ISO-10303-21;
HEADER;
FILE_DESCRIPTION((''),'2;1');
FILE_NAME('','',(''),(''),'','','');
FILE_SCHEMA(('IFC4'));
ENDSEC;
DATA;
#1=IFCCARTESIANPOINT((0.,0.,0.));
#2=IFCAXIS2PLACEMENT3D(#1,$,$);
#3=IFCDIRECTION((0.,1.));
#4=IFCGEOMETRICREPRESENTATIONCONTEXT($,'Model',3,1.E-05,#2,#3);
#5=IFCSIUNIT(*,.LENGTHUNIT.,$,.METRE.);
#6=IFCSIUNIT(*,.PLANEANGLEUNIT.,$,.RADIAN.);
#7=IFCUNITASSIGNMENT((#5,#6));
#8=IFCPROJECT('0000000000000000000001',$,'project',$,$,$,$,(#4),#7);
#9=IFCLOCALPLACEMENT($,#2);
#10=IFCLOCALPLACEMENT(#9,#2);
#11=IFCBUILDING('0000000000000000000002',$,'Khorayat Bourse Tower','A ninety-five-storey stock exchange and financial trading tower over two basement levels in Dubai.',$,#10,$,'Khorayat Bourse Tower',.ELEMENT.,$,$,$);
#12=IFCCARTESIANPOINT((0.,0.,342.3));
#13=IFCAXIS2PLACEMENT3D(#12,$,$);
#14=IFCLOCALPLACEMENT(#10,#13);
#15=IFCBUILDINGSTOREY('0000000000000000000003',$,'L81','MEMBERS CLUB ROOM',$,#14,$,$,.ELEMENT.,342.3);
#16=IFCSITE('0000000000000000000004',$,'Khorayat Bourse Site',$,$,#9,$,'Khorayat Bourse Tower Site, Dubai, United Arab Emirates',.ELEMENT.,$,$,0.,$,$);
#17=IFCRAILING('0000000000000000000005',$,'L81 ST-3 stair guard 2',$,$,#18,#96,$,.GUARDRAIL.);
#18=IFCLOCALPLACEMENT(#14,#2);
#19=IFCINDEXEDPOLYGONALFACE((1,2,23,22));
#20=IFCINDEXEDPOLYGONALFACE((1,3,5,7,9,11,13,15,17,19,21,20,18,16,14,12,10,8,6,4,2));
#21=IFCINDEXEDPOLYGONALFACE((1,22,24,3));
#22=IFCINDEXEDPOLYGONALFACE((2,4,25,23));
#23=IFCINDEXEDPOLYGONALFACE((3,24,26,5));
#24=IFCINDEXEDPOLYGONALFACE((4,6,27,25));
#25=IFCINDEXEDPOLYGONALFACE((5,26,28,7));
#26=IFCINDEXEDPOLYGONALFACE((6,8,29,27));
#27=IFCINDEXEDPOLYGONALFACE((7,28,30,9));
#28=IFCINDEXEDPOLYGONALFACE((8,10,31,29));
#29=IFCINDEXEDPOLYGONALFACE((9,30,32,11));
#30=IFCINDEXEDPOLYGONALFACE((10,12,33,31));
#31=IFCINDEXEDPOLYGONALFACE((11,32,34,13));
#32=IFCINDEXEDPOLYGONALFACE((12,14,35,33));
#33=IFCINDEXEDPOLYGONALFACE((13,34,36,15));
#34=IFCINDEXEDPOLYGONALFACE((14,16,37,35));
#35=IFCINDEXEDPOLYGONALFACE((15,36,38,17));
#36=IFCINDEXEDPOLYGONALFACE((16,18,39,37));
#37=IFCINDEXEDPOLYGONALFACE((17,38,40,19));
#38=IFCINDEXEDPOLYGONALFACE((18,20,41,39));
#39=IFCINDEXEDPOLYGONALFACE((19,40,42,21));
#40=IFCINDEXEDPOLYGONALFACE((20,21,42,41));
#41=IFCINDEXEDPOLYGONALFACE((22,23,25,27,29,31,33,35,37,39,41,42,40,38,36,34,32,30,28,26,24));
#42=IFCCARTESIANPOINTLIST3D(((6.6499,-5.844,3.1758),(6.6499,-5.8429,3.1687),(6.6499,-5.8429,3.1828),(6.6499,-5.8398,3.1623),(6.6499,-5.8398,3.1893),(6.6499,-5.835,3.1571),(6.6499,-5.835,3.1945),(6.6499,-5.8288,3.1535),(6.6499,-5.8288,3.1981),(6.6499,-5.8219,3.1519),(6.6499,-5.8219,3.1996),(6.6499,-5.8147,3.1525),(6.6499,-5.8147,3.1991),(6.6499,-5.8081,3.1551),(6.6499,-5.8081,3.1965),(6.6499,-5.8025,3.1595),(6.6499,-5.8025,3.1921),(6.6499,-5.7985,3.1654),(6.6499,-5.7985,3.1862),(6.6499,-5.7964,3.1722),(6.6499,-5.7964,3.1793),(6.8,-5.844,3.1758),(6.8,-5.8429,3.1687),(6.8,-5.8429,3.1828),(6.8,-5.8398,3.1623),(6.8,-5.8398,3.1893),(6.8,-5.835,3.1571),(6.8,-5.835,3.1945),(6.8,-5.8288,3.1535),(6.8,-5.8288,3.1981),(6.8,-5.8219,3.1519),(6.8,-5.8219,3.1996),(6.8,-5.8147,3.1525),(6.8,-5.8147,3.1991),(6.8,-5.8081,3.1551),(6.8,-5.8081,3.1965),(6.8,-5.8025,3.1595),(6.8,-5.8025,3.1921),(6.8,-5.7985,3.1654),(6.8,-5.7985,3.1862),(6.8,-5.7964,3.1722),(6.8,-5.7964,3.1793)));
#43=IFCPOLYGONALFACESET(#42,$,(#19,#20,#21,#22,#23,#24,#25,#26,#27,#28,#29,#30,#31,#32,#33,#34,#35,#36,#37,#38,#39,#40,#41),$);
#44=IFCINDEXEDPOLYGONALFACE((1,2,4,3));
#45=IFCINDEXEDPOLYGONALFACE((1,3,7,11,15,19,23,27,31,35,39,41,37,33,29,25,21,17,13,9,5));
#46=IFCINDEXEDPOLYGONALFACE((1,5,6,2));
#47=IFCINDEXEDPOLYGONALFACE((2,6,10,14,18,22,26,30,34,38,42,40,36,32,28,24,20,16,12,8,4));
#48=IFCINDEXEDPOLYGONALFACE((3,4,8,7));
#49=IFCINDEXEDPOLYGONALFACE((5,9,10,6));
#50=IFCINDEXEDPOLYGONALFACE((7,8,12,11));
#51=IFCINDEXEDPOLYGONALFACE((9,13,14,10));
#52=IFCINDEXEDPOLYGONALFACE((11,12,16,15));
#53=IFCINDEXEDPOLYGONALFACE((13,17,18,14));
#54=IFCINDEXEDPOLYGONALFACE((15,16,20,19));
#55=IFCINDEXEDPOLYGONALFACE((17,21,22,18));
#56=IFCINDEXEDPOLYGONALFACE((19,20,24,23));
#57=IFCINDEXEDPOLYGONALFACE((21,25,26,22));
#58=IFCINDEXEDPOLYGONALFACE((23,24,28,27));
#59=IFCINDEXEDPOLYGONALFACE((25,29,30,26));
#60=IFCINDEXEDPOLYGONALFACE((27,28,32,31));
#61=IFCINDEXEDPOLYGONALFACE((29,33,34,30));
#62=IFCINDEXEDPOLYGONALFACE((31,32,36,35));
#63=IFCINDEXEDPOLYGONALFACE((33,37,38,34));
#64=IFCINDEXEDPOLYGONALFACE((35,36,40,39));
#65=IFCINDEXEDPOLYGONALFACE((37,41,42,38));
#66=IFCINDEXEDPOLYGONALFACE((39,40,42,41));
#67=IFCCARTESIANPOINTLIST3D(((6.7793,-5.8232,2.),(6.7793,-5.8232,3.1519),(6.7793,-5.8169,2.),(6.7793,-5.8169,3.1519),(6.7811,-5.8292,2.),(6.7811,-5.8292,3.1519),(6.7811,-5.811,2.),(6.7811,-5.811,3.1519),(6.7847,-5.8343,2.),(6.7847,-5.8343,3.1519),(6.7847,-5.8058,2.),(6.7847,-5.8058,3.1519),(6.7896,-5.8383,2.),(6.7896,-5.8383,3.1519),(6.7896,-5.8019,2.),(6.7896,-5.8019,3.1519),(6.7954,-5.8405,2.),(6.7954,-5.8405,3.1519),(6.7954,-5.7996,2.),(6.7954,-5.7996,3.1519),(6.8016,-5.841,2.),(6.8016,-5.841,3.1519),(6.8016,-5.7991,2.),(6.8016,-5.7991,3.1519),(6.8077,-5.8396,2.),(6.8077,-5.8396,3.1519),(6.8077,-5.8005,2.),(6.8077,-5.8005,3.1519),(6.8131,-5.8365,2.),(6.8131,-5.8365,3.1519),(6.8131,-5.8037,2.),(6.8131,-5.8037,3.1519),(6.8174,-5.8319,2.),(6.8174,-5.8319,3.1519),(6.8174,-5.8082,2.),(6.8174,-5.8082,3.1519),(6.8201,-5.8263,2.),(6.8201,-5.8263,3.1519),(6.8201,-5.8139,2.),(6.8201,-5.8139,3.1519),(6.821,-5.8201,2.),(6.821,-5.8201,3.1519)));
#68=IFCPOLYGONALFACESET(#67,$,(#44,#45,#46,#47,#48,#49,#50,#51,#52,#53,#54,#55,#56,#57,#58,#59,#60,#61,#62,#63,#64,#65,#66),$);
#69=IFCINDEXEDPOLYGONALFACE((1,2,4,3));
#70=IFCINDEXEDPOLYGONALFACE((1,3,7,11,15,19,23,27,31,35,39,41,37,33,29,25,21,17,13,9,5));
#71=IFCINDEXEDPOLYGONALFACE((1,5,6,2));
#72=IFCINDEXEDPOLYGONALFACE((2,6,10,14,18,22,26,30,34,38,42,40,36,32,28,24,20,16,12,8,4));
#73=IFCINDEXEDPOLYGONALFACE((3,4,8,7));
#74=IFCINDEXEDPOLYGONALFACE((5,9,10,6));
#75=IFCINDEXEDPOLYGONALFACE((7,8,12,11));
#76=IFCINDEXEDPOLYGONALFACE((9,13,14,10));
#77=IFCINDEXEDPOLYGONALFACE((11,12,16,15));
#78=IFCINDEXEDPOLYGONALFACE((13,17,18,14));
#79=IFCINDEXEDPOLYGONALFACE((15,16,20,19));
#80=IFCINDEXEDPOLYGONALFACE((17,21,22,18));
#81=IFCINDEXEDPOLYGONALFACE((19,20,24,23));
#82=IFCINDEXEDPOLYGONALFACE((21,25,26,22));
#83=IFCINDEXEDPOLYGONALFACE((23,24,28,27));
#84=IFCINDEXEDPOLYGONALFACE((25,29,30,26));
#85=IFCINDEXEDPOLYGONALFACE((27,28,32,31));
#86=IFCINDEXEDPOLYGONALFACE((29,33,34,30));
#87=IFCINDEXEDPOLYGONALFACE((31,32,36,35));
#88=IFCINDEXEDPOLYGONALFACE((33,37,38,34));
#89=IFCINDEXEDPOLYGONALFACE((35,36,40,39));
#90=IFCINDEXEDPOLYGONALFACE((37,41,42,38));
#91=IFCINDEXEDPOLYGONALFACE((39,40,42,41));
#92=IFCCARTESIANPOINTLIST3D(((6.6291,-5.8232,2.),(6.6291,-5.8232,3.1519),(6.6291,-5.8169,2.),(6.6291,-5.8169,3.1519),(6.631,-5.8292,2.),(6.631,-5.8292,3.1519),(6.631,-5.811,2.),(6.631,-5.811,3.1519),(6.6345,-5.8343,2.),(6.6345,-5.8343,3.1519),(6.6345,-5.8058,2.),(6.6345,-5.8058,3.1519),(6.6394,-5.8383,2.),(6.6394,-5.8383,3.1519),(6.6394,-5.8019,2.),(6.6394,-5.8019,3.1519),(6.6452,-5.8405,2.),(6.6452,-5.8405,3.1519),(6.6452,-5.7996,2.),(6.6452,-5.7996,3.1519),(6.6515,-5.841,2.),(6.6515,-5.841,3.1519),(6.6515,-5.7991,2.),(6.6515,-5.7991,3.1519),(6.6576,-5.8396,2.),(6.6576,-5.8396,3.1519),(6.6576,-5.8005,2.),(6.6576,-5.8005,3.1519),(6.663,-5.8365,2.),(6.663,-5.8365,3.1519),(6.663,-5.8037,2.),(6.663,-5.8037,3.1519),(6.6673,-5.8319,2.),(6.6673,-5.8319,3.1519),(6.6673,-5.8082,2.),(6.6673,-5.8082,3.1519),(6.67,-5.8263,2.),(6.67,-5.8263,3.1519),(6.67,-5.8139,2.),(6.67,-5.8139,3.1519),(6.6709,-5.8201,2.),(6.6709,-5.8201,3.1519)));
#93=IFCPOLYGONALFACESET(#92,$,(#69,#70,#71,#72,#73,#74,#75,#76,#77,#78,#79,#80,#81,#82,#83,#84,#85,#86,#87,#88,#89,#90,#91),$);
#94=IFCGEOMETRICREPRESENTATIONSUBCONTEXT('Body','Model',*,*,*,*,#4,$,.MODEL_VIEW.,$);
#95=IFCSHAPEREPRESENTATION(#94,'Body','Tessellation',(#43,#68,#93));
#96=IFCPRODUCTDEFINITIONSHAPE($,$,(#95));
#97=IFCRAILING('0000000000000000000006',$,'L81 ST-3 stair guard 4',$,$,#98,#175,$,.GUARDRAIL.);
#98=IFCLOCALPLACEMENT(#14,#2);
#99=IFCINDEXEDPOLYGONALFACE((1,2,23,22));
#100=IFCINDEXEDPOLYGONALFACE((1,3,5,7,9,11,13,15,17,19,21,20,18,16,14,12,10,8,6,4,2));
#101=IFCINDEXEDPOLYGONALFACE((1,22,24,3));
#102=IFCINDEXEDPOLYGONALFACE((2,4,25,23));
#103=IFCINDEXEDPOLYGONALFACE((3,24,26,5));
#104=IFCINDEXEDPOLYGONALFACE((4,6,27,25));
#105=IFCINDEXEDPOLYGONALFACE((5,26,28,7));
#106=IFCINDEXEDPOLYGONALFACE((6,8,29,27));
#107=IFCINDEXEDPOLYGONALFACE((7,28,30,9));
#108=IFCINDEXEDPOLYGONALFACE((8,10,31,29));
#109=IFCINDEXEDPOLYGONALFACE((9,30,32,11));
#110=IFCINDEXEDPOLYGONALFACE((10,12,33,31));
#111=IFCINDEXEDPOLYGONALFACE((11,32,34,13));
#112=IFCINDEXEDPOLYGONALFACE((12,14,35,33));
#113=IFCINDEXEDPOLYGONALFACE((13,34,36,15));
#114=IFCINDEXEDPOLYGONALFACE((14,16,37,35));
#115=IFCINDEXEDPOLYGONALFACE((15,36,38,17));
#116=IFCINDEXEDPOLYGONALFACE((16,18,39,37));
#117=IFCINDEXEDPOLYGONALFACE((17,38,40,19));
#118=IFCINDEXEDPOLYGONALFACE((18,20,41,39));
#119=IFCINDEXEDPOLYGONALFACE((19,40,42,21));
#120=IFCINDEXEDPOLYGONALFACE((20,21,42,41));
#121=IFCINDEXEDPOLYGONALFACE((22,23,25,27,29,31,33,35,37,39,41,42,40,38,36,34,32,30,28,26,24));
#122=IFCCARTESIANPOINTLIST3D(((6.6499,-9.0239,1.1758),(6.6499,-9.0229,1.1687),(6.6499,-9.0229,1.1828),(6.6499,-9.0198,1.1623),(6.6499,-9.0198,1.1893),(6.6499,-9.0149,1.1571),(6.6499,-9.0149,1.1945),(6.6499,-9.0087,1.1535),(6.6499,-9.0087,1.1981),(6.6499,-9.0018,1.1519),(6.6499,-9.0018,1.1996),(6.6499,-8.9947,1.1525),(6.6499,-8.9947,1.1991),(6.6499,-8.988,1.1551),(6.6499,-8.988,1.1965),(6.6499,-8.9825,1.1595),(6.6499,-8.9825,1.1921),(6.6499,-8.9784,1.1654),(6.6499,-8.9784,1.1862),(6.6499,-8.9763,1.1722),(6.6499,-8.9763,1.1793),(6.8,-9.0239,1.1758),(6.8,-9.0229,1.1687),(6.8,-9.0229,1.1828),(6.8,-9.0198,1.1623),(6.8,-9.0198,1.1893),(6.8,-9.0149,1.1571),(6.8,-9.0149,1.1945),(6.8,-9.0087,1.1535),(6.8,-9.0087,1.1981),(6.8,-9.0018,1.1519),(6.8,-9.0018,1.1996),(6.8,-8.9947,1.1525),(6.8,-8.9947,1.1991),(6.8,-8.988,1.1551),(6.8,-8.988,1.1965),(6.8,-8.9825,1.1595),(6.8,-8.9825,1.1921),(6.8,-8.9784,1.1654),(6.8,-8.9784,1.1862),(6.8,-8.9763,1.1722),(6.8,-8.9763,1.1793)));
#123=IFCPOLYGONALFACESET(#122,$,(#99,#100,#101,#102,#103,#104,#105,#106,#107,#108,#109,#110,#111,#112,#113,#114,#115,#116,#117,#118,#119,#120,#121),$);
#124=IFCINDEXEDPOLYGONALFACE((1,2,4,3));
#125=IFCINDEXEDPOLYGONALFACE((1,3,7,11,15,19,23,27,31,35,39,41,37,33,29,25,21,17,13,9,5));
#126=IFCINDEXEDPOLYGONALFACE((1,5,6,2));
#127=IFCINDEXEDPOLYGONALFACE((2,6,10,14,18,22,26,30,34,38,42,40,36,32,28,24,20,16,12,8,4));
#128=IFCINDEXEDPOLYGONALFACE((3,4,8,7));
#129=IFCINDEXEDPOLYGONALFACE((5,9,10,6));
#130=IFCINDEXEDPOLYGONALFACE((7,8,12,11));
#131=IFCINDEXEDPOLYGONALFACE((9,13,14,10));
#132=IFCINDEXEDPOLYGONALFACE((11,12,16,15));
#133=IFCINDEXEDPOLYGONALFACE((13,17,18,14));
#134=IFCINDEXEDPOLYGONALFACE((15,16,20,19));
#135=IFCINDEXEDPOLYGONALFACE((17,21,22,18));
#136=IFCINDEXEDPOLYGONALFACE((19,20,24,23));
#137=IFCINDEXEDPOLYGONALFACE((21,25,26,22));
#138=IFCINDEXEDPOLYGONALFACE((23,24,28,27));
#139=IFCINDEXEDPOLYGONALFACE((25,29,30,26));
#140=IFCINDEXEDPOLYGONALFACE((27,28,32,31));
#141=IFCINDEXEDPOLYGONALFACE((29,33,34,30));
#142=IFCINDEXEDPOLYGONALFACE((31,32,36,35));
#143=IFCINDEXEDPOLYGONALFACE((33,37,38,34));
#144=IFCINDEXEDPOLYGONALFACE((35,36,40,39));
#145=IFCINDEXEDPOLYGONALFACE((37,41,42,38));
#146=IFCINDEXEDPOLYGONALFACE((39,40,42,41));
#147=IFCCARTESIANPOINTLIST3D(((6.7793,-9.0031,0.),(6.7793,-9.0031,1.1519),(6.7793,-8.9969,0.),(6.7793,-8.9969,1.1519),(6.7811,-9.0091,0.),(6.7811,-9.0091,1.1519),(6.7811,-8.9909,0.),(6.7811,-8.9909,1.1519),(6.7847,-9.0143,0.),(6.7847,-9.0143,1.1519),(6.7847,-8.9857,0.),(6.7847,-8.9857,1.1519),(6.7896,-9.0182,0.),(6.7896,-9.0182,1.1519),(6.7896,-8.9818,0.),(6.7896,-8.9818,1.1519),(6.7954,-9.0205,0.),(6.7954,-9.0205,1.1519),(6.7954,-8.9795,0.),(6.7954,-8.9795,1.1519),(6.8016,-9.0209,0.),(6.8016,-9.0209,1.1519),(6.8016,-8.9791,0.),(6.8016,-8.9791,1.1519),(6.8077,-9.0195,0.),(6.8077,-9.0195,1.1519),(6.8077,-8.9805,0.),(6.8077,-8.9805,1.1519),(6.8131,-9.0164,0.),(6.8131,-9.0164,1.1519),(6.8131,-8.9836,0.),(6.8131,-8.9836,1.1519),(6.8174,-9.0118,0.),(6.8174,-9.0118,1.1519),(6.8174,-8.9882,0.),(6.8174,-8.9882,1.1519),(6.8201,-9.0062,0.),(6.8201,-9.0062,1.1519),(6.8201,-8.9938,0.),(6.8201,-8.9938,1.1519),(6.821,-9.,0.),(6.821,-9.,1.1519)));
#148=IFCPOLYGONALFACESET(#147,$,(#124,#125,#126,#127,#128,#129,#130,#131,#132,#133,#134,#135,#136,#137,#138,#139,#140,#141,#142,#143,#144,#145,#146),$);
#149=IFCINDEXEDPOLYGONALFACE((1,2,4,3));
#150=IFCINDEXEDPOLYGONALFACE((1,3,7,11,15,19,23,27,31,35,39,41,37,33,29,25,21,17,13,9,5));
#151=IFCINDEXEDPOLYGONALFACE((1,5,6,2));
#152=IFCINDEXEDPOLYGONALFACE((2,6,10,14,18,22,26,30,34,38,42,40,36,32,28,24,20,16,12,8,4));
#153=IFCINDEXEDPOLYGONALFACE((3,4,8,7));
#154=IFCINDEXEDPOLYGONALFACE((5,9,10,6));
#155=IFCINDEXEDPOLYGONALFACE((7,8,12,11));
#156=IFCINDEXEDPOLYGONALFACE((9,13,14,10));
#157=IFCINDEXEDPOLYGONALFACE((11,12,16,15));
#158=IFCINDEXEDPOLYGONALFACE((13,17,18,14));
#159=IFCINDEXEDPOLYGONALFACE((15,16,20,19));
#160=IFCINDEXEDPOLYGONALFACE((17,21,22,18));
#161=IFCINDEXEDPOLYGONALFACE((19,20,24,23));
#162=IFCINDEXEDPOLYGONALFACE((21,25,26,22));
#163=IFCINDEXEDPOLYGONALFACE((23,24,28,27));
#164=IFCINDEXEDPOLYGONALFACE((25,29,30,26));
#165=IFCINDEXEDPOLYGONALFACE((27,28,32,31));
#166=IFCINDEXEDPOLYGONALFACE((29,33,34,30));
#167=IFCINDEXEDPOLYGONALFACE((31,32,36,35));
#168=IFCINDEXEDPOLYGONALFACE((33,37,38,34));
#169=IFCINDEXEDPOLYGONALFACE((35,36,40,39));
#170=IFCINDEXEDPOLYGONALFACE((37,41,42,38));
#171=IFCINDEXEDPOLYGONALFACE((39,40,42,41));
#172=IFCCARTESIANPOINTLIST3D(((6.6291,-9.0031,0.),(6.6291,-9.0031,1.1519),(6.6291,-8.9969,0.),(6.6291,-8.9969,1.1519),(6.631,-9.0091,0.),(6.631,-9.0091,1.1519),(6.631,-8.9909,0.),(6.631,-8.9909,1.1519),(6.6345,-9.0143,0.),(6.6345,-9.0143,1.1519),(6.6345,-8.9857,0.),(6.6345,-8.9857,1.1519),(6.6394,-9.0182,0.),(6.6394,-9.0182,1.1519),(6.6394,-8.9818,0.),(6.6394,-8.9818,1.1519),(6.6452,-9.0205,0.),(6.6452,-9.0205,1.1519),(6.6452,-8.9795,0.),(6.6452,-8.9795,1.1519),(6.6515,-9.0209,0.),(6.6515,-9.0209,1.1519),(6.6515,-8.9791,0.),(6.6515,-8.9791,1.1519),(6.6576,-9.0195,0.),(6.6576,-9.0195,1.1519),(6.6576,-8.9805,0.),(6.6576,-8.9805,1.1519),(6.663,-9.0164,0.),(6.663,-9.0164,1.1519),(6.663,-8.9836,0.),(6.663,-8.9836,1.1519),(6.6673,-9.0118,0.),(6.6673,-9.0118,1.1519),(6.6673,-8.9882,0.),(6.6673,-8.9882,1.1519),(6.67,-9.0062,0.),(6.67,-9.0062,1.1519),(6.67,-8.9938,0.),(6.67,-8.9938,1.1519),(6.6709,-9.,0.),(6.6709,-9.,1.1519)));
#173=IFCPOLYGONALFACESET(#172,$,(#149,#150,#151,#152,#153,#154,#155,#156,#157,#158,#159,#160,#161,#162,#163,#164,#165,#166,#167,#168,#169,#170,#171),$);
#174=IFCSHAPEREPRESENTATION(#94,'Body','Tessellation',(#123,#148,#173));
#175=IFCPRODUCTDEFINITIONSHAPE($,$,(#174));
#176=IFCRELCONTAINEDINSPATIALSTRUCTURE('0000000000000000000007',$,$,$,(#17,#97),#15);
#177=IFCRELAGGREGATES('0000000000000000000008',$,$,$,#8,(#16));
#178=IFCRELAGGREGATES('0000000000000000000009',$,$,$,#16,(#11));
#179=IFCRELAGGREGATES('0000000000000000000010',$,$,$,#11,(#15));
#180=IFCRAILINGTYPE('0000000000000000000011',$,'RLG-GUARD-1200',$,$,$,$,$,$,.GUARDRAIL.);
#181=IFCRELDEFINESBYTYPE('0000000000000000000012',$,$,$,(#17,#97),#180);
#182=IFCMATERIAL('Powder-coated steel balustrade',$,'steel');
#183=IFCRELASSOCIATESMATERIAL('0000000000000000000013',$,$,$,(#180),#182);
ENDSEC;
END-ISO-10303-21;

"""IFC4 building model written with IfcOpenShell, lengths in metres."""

from ifc_helpers import new_model, si_unit, direction, frame, origin, origin_2d, place, context, subcontext, project, spatial, circle, extrude, source, transform, mapped, material, type_object, element, save


model = new_model("IFC4")

# Units and contexts
model_context = context("Model", 3, precision=1e-05, world=origin(), true_north=direction((0.0, 1.0)))
body_context = subcontext(model_context, "Body", "Model", "MODEL_VIEW")
ifc_project = project(units=[si_unit("LENGTHUNIT", "METRE"), si_unit("PLANEANGLEUNIT", "RADIAN")], contexts=[model_context])

# Site, building, storey
site_placement = place(None, origin())
site = spatial("IfcSite", under=ifc_project, at=site_placement, Name="Khorayat Bourse Site", LongName="Khorayat Bourse Tower Site, Dubai, United Arab Emirates", CompositionType="ELEMENT", RefElevation=0.0)
building_placement = place(site_placement, origin())
building = spatial("IfcBuilding", under=site, at=building_placement, Name="Khorayat Bourse Tower", Description="A ninety-five-storey stock exchange and financial trading tower over two basement levels in Dubai.", LongName="Khorayat Bourse Tower", CompositionType="ELEMENT")
storey_placement = place(building_placement, frame((0.0, 0.0, 342.3)))
storey = spatial("IfcBuildingStorey", under=building, at=storey_placement, Name="L81", Description="MEMBERS CLUB ROOM", CompositionType="ELEMENT", Elevation=342.3)

# Railings
ifc_material_1 = material(Name="Powder-coated steel balustrade", Category="steel")
railing_type_1 = type_object("IfcRailingType", Name="RLG-GUARD-1200", PredefinedType="GUARDRAIL", material=ifc_material_1)
shared_shape_1 = source(origin(), body_context, "Body", "SweptSolid", [
    extrude(circle(Radius=0.0239, at=origin_2d()), frame((0.0, 0.0, 1.1758), z_axis=(-1.0, 0.0, 0.0), x_axis=(0.0, -1.0, 0.0)), (0.0, 0.0, 1.0), 0.1501),
    extrude(circle(Radius=0.021, at=origin_2d()), origin(), (0.0, 0.0, 1.0), 1.1519),
    extrude(circle(Radius=0.021, at=origin_2d()), frame((-0.1501, 0.0, 0.0)), (0.0, 0.0, 1.0), 1.1519),
])
for number, where, name in (
    (1, (6.8, -5.8201, 2.0), "L81 ST-3 stair guard 2"),
    (2, (6.8, -9.0, 0.0), "L81 ST-3 stair guard 4"),
):
    element("IfcRailing", number, at=place(storey_placement, frame(where)), inside=storey, type_object=railing_type_1, Name=name, PredefinedType="GUARDRAIL", context=body_context, shape_type="MappedRepresentation", body=[
        mapped(shared_shape_1, transform((0.0, 0.0, 0.0), scale=1.0)),
    ])

save(model, "model.ifc")
